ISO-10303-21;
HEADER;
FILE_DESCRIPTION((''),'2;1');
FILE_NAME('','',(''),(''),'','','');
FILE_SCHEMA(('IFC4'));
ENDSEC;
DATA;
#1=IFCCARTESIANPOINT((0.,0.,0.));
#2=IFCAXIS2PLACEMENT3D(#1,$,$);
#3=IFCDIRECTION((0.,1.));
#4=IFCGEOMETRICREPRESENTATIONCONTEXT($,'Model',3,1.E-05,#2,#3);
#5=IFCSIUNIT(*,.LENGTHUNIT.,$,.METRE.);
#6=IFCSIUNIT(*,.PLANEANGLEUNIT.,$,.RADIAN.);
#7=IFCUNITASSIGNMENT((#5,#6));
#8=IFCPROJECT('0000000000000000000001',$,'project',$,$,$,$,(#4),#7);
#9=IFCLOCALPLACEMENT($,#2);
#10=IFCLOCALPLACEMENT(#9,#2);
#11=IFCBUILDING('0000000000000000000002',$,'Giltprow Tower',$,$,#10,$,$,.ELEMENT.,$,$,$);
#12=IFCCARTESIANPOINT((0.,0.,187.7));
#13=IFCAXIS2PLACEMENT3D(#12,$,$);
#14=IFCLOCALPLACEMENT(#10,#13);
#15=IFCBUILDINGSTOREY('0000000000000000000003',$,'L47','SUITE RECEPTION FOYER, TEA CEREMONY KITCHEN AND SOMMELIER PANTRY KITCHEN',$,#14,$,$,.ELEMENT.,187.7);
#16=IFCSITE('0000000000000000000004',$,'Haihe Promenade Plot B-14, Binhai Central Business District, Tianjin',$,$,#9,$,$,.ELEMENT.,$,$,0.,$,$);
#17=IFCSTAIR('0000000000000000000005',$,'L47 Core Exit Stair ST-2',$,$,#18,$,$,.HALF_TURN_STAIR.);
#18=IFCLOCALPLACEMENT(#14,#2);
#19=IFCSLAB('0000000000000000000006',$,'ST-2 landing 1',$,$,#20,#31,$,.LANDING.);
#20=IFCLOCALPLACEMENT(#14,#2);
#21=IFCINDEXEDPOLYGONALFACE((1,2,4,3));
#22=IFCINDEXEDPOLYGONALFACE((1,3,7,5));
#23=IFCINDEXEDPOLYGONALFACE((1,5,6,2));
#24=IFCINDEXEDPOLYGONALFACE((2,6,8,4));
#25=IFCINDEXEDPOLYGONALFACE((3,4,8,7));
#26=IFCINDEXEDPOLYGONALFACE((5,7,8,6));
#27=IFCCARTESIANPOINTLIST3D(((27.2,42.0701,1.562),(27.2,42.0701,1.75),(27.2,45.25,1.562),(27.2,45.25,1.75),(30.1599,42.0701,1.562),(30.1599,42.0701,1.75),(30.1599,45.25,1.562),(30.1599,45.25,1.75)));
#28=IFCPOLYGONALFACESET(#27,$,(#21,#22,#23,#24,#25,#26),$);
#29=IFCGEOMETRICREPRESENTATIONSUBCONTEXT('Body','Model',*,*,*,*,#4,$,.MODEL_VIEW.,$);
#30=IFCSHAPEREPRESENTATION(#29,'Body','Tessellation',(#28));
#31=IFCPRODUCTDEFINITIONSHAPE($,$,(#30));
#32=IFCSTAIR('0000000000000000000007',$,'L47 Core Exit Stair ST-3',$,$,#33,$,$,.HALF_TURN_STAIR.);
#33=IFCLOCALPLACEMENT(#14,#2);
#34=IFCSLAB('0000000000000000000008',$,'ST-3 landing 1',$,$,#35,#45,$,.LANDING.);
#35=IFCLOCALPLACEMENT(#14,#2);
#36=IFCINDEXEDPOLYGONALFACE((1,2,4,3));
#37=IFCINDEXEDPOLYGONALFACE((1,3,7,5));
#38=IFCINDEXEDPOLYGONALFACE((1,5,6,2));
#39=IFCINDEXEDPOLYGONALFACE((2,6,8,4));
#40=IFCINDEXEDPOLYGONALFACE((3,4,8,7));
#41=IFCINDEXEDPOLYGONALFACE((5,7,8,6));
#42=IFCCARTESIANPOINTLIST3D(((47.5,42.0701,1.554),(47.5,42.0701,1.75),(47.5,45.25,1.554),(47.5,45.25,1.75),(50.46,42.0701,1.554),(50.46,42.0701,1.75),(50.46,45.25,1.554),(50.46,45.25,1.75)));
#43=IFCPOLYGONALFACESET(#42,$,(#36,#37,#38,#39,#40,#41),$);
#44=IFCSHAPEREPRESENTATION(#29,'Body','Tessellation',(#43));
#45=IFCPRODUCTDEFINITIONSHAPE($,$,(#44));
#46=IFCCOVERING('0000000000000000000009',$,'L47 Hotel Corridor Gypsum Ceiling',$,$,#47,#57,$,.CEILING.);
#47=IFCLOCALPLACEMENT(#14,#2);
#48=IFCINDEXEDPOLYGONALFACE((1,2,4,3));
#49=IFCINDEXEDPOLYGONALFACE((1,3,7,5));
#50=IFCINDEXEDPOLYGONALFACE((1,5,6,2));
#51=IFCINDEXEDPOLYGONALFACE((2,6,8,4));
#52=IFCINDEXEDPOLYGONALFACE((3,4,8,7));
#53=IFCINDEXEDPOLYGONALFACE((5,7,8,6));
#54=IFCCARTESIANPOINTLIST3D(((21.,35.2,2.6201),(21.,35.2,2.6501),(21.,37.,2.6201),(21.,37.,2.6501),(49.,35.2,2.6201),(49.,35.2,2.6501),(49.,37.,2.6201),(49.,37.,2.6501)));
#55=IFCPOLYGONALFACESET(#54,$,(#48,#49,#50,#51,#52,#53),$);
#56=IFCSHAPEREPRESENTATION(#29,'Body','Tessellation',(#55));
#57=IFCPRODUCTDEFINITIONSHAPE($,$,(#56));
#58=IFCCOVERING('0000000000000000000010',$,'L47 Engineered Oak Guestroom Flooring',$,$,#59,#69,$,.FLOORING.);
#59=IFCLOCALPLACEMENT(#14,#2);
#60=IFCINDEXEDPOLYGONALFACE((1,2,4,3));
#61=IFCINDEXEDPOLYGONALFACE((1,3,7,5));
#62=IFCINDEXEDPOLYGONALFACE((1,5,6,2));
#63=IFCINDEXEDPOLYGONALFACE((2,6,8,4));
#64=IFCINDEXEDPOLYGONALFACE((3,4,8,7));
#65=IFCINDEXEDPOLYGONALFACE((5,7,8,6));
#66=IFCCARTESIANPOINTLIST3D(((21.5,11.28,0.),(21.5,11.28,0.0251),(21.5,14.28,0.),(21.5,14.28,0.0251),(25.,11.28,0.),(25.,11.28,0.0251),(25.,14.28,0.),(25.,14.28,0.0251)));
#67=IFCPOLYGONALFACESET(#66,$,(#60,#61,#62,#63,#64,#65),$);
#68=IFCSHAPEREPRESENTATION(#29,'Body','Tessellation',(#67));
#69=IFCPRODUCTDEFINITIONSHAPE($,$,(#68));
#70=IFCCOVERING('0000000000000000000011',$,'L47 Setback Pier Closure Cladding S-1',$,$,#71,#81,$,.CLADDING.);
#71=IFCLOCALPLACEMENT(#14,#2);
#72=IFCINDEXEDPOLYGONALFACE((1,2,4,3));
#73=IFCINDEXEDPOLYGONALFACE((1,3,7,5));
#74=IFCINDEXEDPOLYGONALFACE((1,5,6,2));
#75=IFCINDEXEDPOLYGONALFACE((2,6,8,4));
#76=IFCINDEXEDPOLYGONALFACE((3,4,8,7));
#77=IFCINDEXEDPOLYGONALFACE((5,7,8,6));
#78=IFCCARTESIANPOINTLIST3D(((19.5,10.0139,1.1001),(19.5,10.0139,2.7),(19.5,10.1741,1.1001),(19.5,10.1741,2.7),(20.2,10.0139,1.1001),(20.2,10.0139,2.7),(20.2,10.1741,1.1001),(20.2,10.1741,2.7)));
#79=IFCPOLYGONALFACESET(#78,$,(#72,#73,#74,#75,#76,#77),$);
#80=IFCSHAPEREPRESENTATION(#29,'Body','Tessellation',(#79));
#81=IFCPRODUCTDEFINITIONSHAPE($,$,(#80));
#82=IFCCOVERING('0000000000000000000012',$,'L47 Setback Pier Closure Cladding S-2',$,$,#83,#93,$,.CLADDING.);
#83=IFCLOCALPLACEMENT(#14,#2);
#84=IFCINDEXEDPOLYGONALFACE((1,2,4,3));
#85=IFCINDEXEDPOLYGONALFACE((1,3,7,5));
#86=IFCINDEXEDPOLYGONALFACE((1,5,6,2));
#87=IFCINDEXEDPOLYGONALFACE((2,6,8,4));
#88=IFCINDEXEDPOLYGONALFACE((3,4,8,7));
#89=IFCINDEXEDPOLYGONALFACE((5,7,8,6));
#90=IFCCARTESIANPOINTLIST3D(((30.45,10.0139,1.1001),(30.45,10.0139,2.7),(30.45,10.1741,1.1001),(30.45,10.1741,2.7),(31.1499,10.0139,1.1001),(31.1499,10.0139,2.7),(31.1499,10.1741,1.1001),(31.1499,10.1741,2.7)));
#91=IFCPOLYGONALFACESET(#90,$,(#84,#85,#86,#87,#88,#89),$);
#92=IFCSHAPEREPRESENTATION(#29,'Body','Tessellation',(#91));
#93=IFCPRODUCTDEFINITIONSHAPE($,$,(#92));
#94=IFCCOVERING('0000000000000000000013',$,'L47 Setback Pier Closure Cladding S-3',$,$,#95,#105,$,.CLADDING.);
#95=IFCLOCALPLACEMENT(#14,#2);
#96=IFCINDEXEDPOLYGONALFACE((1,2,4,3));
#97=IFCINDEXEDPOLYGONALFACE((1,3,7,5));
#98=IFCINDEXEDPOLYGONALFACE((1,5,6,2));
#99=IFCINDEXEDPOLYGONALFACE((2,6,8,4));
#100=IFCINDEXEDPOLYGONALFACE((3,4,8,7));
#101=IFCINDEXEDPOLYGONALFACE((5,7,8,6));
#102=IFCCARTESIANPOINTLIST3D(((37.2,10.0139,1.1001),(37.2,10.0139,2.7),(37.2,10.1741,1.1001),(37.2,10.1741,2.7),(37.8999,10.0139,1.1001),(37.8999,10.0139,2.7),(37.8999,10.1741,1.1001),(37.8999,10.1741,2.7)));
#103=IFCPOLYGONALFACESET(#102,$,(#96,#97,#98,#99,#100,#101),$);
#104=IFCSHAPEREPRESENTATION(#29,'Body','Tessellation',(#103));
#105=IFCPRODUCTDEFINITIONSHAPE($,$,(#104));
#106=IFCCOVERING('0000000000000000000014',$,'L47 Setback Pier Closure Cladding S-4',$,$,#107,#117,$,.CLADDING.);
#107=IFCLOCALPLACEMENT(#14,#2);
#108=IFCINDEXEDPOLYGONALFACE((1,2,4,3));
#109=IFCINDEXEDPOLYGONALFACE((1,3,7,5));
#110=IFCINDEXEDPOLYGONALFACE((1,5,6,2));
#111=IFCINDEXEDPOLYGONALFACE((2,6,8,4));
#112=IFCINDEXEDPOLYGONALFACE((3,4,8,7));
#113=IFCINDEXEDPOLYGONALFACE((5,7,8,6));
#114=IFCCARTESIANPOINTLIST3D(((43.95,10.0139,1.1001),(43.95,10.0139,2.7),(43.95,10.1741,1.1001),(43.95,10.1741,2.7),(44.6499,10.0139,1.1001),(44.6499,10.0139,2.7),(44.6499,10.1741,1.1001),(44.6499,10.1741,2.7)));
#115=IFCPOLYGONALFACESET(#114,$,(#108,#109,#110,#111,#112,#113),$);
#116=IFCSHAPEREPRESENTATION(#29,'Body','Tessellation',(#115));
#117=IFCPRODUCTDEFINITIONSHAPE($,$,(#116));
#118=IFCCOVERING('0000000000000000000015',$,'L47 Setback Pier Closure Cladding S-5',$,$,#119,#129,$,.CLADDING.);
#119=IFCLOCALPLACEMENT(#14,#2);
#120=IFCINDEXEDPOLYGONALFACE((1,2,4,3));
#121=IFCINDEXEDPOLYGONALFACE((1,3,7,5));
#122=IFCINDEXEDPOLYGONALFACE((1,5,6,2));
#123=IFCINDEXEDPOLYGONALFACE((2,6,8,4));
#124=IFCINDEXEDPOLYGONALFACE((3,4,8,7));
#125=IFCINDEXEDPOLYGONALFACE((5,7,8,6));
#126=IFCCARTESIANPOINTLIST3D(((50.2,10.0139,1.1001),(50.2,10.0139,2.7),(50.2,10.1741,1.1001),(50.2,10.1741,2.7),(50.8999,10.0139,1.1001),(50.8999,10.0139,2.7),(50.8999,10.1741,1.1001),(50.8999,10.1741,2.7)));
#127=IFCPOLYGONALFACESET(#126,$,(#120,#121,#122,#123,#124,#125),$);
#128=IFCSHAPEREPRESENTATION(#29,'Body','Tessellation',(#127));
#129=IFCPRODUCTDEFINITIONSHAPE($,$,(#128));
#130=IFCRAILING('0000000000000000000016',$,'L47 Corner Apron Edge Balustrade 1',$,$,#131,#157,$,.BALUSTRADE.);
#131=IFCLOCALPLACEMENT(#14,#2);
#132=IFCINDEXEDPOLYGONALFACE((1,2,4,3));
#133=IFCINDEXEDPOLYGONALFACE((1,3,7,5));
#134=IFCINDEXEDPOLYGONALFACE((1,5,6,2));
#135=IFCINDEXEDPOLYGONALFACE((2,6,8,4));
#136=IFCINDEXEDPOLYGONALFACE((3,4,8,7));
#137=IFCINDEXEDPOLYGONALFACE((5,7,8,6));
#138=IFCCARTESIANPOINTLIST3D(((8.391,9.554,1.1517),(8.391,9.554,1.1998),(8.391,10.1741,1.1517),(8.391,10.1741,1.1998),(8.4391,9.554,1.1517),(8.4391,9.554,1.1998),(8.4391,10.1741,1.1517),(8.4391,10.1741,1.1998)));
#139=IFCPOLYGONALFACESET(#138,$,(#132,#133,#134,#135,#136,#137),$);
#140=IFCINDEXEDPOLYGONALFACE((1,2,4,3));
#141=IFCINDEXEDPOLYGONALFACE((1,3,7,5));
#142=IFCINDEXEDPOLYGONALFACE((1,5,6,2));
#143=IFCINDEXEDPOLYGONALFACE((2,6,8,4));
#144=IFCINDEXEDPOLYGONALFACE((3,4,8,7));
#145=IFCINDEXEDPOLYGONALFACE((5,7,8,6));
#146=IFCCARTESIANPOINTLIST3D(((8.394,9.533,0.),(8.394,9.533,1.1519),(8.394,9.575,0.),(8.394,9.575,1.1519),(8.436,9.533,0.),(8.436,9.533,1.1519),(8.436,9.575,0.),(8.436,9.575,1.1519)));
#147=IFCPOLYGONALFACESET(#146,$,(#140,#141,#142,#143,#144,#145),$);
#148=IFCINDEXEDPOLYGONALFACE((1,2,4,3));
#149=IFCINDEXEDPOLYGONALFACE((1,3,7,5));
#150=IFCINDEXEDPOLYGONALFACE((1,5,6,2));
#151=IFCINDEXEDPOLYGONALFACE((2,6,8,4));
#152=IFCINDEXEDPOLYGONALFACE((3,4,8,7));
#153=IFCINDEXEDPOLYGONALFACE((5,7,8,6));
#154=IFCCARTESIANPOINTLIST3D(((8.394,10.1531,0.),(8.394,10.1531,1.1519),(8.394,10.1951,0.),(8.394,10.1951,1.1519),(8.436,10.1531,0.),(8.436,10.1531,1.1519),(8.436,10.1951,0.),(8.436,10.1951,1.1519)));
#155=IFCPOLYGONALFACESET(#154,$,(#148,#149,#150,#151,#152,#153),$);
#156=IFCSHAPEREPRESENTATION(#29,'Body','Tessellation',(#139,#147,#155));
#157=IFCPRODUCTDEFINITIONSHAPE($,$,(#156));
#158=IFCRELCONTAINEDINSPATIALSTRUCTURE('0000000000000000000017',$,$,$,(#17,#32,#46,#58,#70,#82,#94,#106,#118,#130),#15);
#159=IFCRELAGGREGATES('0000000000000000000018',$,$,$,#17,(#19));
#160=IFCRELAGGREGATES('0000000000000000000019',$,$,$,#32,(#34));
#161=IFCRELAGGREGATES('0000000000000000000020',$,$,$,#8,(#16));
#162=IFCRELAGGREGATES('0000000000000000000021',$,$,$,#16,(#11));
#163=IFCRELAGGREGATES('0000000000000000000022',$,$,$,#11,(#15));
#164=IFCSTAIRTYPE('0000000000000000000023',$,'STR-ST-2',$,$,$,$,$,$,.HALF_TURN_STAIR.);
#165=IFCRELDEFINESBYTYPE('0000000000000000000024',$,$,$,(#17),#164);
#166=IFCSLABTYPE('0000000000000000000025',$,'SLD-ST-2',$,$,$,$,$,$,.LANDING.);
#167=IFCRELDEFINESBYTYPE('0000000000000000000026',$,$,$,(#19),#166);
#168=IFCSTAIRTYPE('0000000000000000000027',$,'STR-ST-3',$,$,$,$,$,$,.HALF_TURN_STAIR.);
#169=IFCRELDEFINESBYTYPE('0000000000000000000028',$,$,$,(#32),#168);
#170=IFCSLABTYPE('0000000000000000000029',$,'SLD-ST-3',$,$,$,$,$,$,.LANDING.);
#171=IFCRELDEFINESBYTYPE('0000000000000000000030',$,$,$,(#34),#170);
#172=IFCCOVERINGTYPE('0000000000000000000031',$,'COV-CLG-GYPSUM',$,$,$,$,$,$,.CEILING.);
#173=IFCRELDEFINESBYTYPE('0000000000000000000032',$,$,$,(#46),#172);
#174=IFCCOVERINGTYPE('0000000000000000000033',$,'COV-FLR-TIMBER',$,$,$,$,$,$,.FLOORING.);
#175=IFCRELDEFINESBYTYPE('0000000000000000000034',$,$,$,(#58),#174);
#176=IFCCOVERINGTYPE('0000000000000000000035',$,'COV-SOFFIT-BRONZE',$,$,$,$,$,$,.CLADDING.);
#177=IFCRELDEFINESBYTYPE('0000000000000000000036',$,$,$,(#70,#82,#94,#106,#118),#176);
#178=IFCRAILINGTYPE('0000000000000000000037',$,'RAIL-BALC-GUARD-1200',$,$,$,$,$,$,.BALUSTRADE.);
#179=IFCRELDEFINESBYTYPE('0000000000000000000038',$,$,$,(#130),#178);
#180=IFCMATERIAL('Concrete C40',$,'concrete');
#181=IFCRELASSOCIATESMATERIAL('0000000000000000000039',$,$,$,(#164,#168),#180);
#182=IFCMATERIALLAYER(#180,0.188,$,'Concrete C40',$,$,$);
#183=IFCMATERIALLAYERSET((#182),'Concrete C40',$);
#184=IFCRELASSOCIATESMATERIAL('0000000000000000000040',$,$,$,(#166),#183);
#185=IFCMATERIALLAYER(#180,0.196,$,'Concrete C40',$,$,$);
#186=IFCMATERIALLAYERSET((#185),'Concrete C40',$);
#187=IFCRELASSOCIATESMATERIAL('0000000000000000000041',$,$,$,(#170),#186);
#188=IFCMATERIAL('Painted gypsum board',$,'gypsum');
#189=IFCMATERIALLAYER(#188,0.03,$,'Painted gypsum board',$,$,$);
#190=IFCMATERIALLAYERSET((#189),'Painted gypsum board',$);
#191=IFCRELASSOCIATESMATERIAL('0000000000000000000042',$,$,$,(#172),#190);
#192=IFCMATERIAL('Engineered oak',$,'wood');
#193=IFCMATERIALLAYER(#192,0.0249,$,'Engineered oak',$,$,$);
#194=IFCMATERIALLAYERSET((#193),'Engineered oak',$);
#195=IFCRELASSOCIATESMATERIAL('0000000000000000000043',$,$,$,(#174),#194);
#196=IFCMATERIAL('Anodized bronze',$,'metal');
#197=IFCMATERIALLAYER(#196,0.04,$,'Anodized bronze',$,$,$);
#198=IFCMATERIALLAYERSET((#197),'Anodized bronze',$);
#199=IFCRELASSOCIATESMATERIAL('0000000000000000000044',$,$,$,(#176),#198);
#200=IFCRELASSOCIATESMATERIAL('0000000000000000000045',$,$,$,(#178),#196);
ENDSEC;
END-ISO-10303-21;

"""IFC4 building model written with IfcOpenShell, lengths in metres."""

from ifc_helpers import new_model, si_unit, direction, frame, origin, origin_2d, place, context, subcontext, project, spatial, polyline, rectangle, outline, extrude, material, layer, layer_set, type_object, element, aggregate, save


model = new_model("IFC4")

# Units and contexts
model_context = context("Model", 3, precision=1e-05, world=origin(), true_north=direction((0.0, 1.0)))
body_context = subcontext(model_context, "Body", "Model", "MODEL_VIEW")
ifc_project = project(units=[si_unit("LENGTHUNIT", "METRE"), si_unit("PLANEANGLEUNIT", "RADIAN")], contexts=[model_context])

# Site, building, storey
site_placement = place(None, origin())
site = spatial("IfcSite", under=ifc_project, at=site_placement, Name="Haihe Promenade Plot B-14, Binhai Central Business District, Tianjin", CompositionType="ELEMENT", RefElevation=0.0)
building_placement = place(site_placement, origin())
building = spatial("IfcBuilding", under=site, at=building_placement, Name="Giltprow Tower", CompositionType="ELEMENT")
storey_placement = place(building_placement, frame((0.0, 0.0, 187.7)))
storey = spatial("IfcBuildingStorey", under=building, at=storey_placement, Name="L47", Description="SUITE RECEPTION FOYER, TEA CEREMONY KITCHEN AND SOMMELIER PANTRY KITCHEN", CompositionType="ELEMENT", Elevation=187.7)

# Shared definitions
ifc_material_1 = material(Name="Anodized bronze", Category="metal")

# Shared definitions
ifc_material_2 = material(Name="Concrete C40", Category="concrete")

# Stairs, slabs
stair_type_1 = type_object("IfcStairType", Name="STR-ST-2", PredefinedType="HALF_TURN_STAIR", material=ifc_material_2)
stair_1_placement = place(storey_placement, origin())
stair_1 = element("IfcStair", 1, at=stair_1_placement, inside=storey, type_object=stair_type_1, Name="L47 Core Exit Stair ST-2", PredefinedType="HALF_TURN_STAIR")
ifc_layer_1 = layer(ifc_material_2, 0.188, Name="Concrete C40")
ifc_layer_set_1 = layer_set([ifc_layer_1], Name="Concrete C40")
slab_type_1 = type_object("IfcSlabType", Name="SLD-ST-2", PredefinedType="LANDING", material=ifc_layer_set_1)
slab_1_placement = place(storey_placement, frame((0.0, 0.0, 1.562)))
slab_1 = element("IfcSlab", 2, at=slab_1_placement, type_object=slab_type_1, Name="ST-2 landing 1", PredefinedType="LANDING", context=body_context, shape_type="SweptSolid", body=[
    extrude(outline(polyline([(30.1599, 42.0701), (30.1599, 45.25), (27.2, 45.25), (27.2, 42.0701), (30.1599, 42.0701)])), origin(), (0.0, 0.0, 1.0), 0.188),
])
aggregate(stair_1, [slab_1])
stair_type_2 = type_object("IfcStairType", Name="STR-ST-3", PredefinedType="HALF_TURN_STAIR", material=ifc_material_2)
stair_2_placement = place(storey_placement, origin())
stair_2 = element("IfcStair", 3, at=stair_2_placement, inside=storey, type_object=stair_type_2, Name="L47 Core Exit Stair ST-3", PredefinedType="HALF_TURN_STAIR")
ifc_layer_2 = layer(ifc_material_2, 0.196, Name="Concrete C40")
ifc_layer_set_2 = layer_set([ifc_layer_2], Name="Concrete C40")
slab_type_2 = type_object("IfcSlabType", Name="SLD-ST-3", PredefinedType="LANDING", material=ifc_layer_set_2)
slab_2_placement = place(storey_placement, frame((0.0, 0.0, 1.554)))
slab_2 = element("IfcSlab", 4, at=slab_2_placement, type_object=slab_type_2, Name="ST-3 landing 1", PredefinedType="LANDING", context=body_context, shape_type="SweptSolid", body=[
    extrude(outline(polyline([(50.46, 42.0701), (50.46, 45.25), (47.5, 45.25), (47.5, 42.0701), (50.46, 42.0701)])), origin(), (0.0, 0.0, 1.0), 0.196),
])
aggregate(stair_2, [slab_2])

# Coverings
ifc_material_3 = material(Name="Painted gypsum board", Category="gypsum")
ifc_layer_3 = layer(ifc_material_3, 0.03, Name="Painted gypsum board")
ifc_layer_set_3 = layer_set([ifc_layer_3], Name="Painted gypsum board")
covering_type_1 = type_object("IfcCoveringType", Name="COV-CLG-GYPSUM", PredefinedType="CEILING", material=ifc_layer_set_3)
covering_1_placement = place(storey_placement, frame((0.0, 0.0, 2.6201)))
element("IfcCovering", 5, at=covering_1_placement, inside=storey, type_object=covering_type_1, Name="L47 Hotel Corridor Gypsum Ceiling", PredefinedType="CEILING", context=body_context, shape_type="SweptSolid", body=[
    extrude(outline(polyline([(21.0, 35.2), (49.0, 35.2), (49.0, 37.0), (21.0, 37.0), (21.0, 35.2)])), origin(), (0.0, 0.0, 1.0), 0.03),
])
ifc_material_4 = material(Name="Engineered oak", Category="wood")
ifc_layer_4 = layer(ifc_material_4, 0.0249, Name="Engineered oak")
ifc_layer_set_4 = layer_set([ifc_layer_4], Name="Engineered oak")
covering_type_2 = type_object("IfcCoveringType", Name="COV-FLR-TIMBER", PredefinedType="FLOORING", material=ifc_layer_set_4)
covering_2_placement = place(storey_placement, origin())
element("IfcCovering", 6, at=covering_2_placement, inside=storey, type_object=covering_type_2, Name="L47 Engineered Oak Guestroom Flooring", PredefinedType="FLOORING", context=body_context, shape_type="SweptSolid", body=[
    extrude(outline(polyline([(21.5, 11.28), (25.0, 11.28), (25.0, 14.28), (21.5, 14.28), (21.5, 11.28)])), origin(), (0.0, 0.0, 1.0), 0.0251),
])
ifc_layer_5 = layer(ifc_material_1, 0.04, Name="Anodized bronze")
ifc_layer_set_5 = layer_set([ifc_layer_5], Name="Anodized bronze")
covering_type_3 = type_object("IfcCoveringType", Name="COV-SOFFIT-BRONZE", PredefinedType="CLADDING", material=ifc_layer_set_5)
covering_3_placement = place(storey_placement, frame((0.0, 0.0, 1.1001)))
element("IfcCovering", 7, at=covering_3_placement, inside=storey, type_object=covering_type_3, Name="L47 Setback Pier Closure Cladding S-1", PredefinedType="CLADDING", context=body_context, shape_type="SweptSolid", body=[
    extrude(outline(polyline([(19.5, 10.0139), (20.2, 10.0139), (20.2, 10.1741), (19.5, 10.1741), (19.5, 10.0139)])), origin(), (0.0, 0.0, 1.0), 1.5999),
])
covering_4_placement = place(storey_placement, frame((0.0, 0.0, 1.1001)))
element("IfcCovering", 8, at=covering_4_placement, inside=storey, type_object=covering_type_3, Name="L47 Setback Pier Closure Cladding S-2", PredefinedType="CLADDING", context=body_context, shape_type="SweptSolid", body=[
    extrude(outline(polyline([(30.45, 10.0139), (31.1499, 10.0139), (31.1499, 10.1741), (30.45, 10.1741), (30.45, 10.0139)])), origin(), (0.0, 0.0, 1.0), 1.5999),
])
covering_5_placement = place(storey_placement, frame((0.0, 0.0, 1.1001)))
element("IfcCovering", 9, at=covering_5_placement, inside=storey, type_object=covering_type_3, Name="L47 Setback Pier Closure Cladding S-3", PredefinedType="CLADDING", context=body_context, shape_type="SweptSolid", body=[
    extrude(outline(polyline([(37.2, 10.0139), (37.8999, 10.0139), (37.8999, 10.1741), (37.2, 10.1741), (37.2, 10.0139)])), origin(), (0.0, 0.0, 1.0), 1.5999),
])
covering_6_placement = place(storey_placement, frame((0.0, 0.0, 1.1001)))
element("IfcCovering", 10, at=covering_6_placement, inside=storey, type_object=covering_type_3, Name="L47 Setback Pier Closure Cladding S-4", PredefinedType="CLADDING", context=body_context, shape_type="SweptSolid", body=[
    extrude(outline(polyline([(43.95, 10.0139), (44.6499, 10.0139), (44.6499, 10.1741), (43.95, 10.1741), (43.95, 10.0139)])), origin(), (0.0, 0.0, 1.0), 1.5999),
])
covering_7_placement = place(storey_placement, frame((0.0, 0.0, 1.1001)))
element("IfcCovering", 11, at=covering_7_placement, inside=storey, type_object=covering_type_3, Name="L47 Setback Pier Closure Cladding S-5", PredefinedType="CLADDING", context=body_context, shape_type="SweptSolid", body=[
    extrude(outline(polyline([(50.2, 10.0139), (50.8999, 10.0139), (50.8999, 10.1741), (50.2, 10.1741), (50.2, 10.0139)])), origin(), (0.0, 0.0, 1.0), 1.5999),
])

# Railing
railing_type = type_object("IfcRailingType", Name="RAIL-BALC-GUARD-1200", PredefinedType="BALUSTRADE", material=ifc_material_1)
railing_placement = place(storey_placement, frame((8.415, 9.554, 0.0)))
element("IfcRailing", 12, at=railing_placement, inside=storey, type_object=railing_type, Name="L47 Corner Apron Edge Balustrade 1", PredefinedType="BALUSTRADE", context=body_context, shape_type="SweptSolid", body=[
    extrude(rectangle(XDim=0.0481, YDim=0.0481, at=origin_2d()), frame((0.0, 0.0, 1.1758), z_axis=(0.0, 1.0, 0.0), x_axis=(-1.0, 0.0, 0.0)), (0.0, 0.0, 1.0), 0.6201),
    extrude(rectangle(XDim=0.042, YDim=0.042, at=origin_2d()), origin(), (0.0, 0.0, 1.0), 1.1519),
    extrude(rectangle(XDim=0.042, YDim=0.042, at=origin_2d()), frame((0.0, 0.6201, 0.0)), (0.0, 0.0, 1.0), 1.1519),
])

save(model, "model.ifc")
